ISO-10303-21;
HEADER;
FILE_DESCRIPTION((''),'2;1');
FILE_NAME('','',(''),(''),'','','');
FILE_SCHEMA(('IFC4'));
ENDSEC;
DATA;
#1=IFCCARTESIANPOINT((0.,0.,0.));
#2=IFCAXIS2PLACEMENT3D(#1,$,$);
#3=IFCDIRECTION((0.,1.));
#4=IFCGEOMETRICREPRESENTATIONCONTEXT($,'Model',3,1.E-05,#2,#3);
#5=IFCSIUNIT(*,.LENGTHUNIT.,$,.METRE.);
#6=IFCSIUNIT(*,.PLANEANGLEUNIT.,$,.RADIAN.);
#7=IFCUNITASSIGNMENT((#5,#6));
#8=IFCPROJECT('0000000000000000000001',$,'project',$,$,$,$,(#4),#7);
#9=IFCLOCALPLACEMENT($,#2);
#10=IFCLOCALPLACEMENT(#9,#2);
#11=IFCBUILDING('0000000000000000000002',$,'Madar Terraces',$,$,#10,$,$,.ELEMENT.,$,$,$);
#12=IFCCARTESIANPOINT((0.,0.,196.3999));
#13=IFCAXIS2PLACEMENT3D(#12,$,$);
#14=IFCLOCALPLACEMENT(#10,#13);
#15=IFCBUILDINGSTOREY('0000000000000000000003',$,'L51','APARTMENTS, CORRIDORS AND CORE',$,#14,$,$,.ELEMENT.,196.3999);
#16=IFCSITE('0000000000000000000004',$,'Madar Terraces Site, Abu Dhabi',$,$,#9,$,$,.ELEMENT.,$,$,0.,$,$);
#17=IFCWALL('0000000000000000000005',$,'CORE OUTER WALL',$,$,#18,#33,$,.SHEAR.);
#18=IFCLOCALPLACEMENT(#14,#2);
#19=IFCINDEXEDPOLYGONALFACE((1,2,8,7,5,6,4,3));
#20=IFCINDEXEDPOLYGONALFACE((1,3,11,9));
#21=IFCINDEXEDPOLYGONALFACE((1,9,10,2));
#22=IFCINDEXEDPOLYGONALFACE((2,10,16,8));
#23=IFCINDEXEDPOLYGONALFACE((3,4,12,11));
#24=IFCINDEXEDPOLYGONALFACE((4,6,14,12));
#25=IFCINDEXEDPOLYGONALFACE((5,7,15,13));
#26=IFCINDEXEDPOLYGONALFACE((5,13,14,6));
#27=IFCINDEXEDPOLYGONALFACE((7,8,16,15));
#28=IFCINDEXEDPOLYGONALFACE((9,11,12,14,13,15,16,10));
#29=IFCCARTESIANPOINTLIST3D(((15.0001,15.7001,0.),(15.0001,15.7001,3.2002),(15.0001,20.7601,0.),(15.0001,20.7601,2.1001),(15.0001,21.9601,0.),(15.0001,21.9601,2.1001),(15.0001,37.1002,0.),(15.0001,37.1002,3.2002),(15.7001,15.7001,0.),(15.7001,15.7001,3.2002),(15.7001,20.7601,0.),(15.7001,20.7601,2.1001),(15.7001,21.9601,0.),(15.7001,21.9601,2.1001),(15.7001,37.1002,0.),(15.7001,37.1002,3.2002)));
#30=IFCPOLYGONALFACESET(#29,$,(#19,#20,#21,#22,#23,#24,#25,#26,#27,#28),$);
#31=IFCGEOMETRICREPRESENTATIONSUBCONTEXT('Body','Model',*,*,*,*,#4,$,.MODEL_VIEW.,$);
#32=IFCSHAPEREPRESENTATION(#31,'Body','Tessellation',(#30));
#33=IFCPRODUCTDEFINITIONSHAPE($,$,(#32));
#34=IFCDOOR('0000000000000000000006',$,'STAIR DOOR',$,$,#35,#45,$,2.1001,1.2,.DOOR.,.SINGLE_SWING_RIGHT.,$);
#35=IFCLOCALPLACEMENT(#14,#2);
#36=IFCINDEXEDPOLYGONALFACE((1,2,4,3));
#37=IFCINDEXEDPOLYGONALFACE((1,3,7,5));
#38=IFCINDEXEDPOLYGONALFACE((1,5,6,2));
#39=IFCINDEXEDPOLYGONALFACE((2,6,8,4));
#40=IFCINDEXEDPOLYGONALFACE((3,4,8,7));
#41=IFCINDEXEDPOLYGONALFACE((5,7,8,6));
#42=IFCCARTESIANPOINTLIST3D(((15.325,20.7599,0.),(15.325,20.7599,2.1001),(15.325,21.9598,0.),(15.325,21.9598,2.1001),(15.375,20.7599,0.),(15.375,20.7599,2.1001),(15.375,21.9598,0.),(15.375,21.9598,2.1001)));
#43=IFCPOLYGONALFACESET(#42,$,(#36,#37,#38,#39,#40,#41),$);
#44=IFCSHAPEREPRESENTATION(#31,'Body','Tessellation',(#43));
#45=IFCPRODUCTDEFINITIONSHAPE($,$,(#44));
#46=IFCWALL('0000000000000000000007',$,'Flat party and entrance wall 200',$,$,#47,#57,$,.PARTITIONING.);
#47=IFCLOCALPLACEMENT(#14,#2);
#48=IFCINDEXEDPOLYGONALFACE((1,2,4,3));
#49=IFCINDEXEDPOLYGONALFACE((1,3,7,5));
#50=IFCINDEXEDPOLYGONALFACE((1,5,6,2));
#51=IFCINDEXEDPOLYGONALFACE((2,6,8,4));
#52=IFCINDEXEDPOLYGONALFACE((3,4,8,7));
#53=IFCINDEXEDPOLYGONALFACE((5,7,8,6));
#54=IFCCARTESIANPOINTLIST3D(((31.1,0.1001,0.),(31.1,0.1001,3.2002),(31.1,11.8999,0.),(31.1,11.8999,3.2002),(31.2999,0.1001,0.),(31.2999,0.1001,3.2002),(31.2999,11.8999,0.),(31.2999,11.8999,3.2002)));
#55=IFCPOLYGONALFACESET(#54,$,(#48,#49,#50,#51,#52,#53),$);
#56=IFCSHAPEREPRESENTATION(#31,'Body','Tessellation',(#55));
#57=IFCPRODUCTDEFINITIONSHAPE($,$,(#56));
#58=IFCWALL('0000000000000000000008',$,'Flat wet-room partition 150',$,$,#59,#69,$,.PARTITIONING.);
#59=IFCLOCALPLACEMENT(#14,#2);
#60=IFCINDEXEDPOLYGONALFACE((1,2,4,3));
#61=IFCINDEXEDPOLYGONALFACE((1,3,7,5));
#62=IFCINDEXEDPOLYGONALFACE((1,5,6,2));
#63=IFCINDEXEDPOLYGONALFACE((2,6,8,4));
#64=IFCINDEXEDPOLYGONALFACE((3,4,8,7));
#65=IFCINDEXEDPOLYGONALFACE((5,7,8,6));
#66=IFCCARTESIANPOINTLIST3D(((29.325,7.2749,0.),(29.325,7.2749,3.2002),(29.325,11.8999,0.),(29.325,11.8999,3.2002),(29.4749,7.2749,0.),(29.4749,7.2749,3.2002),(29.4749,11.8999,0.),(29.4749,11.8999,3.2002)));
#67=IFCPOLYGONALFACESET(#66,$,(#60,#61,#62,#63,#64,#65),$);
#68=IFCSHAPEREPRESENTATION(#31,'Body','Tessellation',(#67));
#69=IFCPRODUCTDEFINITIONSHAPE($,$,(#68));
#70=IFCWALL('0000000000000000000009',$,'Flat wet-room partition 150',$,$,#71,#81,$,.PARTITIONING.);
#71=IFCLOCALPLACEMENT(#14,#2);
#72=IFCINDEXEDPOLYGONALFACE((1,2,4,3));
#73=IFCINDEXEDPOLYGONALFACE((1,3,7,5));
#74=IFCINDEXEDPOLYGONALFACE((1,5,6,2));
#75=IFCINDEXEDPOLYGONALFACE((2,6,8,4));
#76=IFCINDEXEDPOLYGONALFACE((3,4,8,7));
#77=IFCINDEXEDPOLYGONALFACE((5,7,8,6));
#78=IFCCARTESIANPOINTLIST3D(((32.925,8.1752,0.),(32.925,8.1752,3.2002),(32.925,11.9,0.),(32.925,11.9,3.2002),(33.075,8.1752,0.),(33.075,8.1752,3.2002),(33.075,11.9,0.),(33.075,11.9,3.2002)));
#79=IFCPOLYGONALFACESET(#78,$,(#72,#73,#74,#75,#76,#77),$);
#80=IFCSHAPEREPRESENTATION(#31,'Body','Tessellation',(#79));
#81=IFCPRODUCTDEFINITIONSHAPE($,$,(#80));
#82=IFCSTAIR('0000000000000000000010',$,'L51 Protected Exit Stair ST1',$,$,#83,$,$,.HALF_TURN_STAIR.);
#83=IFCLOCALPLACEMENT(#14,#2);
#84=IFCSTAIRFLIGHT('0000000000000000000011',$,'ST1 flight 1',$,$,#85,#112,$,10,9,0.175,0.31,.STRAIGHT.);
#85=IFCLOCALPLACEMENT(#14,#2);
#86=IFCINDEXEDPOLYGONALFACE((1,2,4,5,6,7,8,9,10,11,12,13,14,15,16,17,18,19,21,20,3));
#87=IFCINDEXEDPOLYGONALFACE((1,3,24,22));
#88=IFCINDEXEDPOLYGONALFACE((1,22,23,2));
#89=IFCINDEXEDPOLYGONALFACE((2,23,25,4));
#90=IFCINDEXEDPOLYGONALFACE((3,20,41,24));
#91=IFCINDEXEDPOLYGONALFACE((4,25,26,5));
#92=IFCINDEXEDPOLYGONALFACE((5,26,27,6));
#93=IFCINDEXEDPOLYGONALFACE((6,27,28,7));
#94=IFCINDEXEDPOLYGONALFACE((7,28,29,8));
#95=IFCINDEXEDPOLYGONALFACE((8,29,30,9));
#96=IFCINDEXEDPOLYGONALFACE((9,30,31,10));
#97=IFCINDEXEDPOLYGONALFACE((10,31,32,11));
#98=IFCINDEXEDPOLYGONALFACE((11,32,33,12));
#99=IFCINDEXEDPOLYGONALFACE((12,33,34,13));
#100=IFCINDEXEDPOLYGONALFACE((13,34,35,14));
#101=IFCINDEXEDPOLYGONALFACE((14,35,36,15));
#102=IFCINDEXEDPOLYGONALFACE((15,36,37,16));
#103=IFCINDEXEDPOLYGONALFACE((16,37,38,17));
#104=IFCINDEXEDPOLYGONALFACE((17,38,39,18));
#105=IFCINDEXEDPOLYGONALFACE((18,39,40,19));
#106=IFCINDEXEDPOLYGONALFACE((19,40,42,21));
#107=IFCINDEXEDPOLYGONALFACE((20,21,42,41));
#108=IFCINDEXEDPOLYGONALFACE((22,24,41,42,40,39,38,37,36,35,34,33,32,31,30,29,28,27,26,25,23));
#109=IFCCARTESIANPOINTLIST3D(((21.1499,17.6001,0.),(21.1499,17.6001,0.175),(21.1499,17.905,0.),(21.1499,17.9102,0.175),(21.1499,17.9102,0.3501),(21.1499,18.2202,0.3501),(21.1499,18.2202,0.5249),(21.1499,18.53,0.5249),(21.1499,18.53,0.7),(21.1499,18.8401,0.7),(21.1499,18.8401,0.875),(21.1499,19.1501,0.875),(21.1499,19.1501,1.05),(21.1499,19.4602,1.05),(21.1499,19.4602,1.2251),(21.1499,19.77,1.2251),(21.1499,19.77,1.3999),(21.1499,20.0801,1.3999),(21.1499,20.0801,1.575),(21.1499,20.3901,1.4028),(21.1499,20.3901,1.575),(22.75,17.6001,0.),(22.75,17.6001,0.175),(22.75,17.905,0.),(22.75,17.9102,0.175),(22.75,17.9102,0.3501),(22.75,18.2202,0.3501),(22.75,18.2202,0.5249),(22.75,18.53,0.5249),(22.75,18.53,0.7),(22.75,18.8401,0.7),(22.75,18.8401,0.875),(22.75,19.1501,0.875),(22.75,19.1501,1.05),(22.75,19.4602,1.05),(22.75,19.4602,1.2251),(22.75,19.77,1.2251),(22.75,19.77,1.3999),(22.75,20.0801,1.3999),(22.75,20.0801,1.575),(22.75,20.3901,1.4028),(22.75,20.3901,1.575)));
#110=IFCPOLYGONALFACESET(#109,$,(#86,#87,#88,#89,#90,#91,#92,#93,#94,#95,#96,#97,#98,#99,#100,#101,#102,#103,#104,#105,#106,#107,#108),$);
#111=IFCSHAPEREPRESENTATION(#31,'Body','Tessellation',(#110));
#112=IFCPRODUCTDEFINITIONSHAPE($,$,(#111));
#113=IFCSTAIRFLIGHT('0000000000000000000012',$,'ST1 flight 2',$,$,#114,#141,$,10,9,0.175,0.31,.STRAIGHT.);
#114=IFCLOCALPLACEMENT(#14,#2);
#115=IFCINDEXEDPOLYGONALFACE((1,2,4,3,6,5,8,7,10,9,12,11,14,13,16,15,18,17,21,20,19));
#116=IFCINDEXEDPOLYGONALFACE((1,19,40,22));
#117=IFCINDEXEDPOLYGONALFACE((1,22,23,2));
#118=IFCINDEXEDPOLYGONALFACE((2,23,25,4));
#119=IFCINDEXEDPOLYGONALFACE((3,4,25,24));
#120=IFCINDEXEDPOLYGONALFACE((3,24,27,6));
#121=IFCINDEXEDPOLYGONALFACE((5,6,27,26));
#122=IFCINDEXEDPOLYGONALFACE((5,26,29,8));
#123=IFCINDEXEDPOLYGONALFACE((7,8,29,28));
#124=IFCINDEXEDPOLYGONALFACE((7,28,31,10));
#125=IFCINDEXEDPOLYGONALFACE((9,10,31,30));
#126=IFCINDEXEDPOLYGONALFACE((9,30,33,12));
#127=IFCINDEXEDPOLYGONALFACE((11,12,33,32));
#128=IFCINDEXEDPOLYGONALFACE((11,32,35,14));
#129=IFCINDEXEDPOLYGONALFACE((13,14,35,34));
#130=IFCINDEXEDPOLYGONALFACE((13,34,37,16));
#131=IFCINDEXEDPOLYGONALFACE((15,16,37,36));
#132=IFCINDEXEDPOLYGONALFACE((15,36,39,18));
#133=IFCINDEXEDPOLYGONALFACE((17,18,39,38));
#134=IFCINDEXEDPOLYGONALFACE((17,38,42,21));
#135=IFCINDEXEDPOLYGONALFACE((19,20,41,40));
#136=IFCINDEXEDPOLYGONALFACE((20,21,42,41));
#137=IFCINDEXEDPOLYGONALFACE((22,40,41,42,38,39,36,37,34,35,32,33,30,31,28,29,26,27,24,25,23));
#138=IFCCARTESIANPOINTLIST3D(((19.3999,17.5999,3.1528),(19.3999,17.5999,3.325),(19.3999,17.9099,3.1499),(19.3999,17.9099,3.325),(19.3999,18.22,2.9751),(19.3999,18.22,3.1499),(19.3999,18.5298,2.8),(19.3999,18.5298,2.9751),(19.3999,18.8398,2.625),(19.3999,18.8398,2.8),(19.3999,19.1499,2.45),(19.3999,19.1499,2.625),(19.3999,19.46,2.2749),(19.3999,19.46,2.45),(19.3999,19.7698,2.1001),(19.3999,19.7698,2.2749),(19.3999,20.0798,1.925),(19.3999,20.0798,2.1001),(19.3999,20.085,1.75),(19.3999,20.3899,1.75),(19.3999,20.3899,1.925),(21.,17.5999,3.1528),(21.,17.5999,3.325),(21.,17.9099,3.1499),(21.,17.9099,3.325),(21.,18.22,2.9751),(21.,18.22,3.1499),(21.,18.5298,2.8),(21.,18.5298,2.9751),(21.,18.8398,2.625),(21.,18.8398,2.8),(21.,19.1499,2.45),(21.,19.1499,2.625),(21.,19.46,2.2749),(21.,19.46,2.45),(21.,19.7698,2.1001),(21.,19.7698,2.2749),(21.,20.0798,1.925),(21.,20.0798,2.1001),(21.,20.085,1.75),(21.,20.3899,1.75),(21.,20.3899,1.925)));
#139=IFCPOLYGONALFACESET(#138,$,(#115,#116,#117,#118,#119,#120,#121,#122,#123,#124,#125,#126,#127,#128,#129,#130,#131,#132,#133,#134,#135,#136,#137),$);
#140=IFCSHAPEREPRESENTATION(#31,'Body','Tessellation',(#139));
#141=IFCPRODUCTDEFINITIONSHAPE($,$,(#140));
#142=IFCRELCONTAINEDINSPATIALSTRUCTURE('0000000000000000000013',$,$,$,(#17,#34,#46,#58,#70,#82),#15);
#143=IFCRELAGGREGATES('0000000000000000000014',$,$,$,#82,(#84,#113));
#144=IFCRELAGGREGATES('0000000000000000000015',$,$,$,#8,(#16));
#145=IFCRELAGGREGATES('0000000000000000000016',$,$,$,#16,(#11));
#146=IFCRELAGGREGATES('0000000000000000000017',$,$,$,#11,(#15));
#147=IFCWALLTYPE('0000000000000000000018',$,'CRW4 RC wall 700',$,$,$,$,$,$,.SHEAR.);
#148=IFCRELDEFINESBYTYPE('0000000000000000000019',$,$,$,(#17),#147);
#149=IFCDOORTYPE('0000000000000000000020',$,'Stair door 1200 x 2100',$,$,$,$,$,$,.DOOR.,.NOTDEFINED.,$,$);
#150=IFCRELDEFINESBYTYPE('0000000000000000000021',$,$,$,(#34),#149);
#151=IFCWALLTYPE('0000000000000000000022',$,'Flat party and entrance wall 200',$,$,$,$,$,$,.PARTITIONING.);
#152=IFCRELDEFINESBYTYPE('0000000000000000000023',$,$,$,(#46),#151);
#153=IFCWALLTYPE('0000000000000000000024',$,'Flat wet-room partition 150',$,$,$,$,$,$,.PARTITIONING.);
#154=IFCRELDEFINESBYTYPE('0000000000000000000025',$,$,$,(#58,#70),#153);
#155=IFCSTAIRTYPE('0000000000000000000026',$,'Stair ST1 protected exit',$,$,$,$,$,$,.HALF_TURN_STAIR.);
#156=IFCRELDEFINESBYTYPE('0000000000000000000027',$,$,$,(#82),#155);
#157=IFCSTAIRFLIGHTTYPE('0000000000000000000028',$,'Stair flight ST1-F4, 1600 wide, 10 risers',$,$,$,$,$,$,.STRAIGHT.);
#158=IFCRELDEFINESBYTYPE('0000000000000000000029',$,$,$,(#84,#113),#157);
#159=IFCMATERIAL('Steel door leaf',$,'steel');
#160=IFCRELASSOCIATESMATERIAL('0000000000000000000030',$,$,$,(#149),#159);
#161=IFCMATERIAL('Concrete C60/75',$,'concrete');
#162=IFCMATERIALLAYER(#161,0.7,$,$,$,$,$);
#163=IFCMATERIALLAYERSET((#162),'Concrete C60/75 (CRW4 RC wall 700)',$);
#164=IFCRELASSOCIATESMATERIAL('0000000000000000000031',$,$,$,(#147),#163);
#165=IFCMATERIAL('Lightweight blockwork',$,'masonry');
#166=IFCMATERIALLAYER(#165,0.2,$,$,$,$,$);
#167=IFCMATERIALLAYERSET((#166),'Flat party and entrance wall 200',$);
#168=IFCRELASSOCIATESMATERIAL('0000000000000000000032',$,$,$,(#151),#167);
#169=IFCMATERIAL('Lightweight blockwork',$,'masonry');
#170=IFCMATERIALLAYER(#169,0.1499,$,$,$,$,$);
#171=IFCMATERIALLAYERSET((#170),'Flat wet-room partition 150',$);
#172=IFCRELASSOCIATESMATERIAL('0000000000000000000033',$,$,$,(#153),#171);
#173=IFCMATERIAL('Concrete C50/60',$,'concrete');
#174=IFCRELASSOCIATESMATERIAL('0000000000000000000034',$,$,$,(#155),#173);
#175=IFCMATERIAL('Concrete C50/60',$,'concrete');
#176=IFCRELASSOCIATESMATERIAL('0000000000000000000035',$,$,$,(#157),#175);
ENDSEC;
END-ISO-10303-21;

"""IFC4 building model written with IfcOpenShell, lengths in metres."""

from ifc_helpers import new_model, si_unit, direction, frame, frame_2d, origin, place, context, subcontext, project, spatial, polyline, rectangle, outline, extrude, material, layer, layer_set, type_object, element, fill, aggregate, save


model = new_model("IFC4")

# Units and contexts
model_context = context("Model", 3, precision=1e-05, world=origin(), true_north=direction((0.0, 1.0)))
body_context = subcontext(model_context, "Body", "Model", "MODEL_VIEW")
ifc_project = project(units=[si_unit("LENGTHUNIT", "METRE"), si_unit("PLANEANGLEUNIT", "RADIAN")], contexts=[model_context])

# Site, building, storey
site_placement = place(None, origin())
site = spatial("IfcSite", under=ifc_project, at=site_placement, Name="Madar Terraces Site, Abu Dhabi", CompositionType="ELEMENT", RefElevation=0.0)
building_placement = place(site_placement, origin())
building = spatial("IfcBuilding", under=site, at=building_placement, Name="Madar Terraces", CompositionType="ELEMENT")
storey_placement = place(building_placement, frame((0.0, 0.0, 196.3999)))
storey = spatial("IfcBuildingStorey", under=building, at=storey_placement, Name="L51", Description="APARTMENTS, CORRIDORS AND CORE", CompositionType="ELEMENT", Elevation=196.3999)

# Shared definitions
ifc_material_1 = material(Name="Steel door leaf", Category="steel")
door_type_1 = type_object("IfcDoorType", Name="Stair door 1200 x 2100", OperationType="NOTDEFINED", PredefinedType="DOOR", material=ifc_material_1)

# Wall, opening, door
ifc_material_2 = material(Name="Concrete C60/75", Category="concrete")
ifc_layer_1 = layer(ifc_material_2, 0.7)
ifc_layer_set_1 = layer_set([ifc_layer_1], Name="Concrete C60/75 (CRW4 RC wall 700)")
wall_type_1 = type_object("IfcWallType", Name="CRW4 RC wall 700", PredefinedType="SHEAR", material=ifc_layer_set_1)
wall_1_placement = place(storey_placement, frame((15.3501, 15.7, 0.0), z_axis=(0.0, 0.0, 1.0), x_axis=(0.0, 1.0, 0.0)))
wall_1 = element("IfcWall", 1, at=wall_1_placement, inside=storey, type_object=wall_type_1, Name="CORE OUTER WALL", PredefinedType="SHEAR", context=body_context, shape_type="SweptSolid", body=[
    extrude(rectangle(XDim=21.4001, YDim=0.7, at=frame_2d((10.7002, 0.0))), origin(), (0.0, 0.0, 1.0), 3.2002),
])
opening_1_placement = place(wall_1_placement, frame((5.0601, 0.0, 0.0)))
opening_1 = element("IfcOpeningElement", 2, at=opening_1_placement, cuts=wall_1, PredefinedType="OPENING", context=body_context, shape_type="SweptSolid", body=[
    extrude(rectangle(XDim=1.2, YDim=2.1001, at=frame_2d((0.6001, 1.05))), frame((0.0, 0.3599, 0.0), z_axis=(0.0, -1.0, 0.0), x_axis=(1.0, 0.0, 0.0)), (0.0, 0.0, 1.0), 0.72),
])
door_1_placement = place(opening_1_placement, frame((1.2, 0.0, 0.0), z_axis=(0.0, 0.0, 1.0), x_axis=(-1.0, 0.0, 0.0)))
door_1 = element("IfcDoor", 3, at=door_1_placement, inside=storey, type_object=door_type_1, Name="STAIR DOOR", OperationType="SINGLE_SWING_RIGHT", OverallHeight=2.1001, OverallWidth=1.2, PredefinedType="DOOR", context=body_context, shape_type="SweptSolid", body=[
    extrude(rectangle(XDim=1.2, YDim=2.1001, at=frame_2d((0.6001, 1.05))), frame((0.0, 0.0249, 0.0), z_axis=(0.0, -1.0, 0.0), x_axis=(1.0, 0.0, 0.0)), (0.0, 0.0, 1.0), 0.05),
])
fill(opening_1, door_1)

# Walls
ifc_material_3 = material(Name="Lightweight blockwork", Category="masonry")
ifc_layer_2 = layer(ifc_material_3, 0.2)
ifc_layer_set_2 = layer_set([ifc_layer_2], Name="Flat party and entrance wall 200")
wall_type_2 = type_object("IfcWallType", Name="Flat party and entrance wall 200", PredefinedType="PARTITIONING", material=ifc_layer_set_2)
wall_2_placement = place(storey_placement, frame((31.2, 11.8999, 0.0), z_axis=(0.0, 0.0, 1.0), x_axis=(0.0, -1.0, 0.0)))
element("IfcWall", 4, at=wall_2_placement, inside=storey, type_object=wall_type_2, Name="Flat party and entrance wall 200", PredefinedType="PARTITIONING", context=body_context, shape_type="SweptSolid", body=[
    extrude(rectangle(XDim=11.7998, YDim=0.2, at=frame_2d((5.8999, 0.0))), origin(), (0.0, 0.0, 1.0), 3.2002),
])
ifc_material_4 = material(Name="Lightweight blockwork", Category="masonry")
ifc_layer_3 = layer(ifc_material_4, 0.1499)
ifc_layer_set_3 = layer_set([ifc_layer_3], Name="Flat wet-room partition 150")
wall_type_3 = type_object("IfcWallType", Name="Flat wet-room partition 150", PredefinedType="PARTITIONING", material=ifc_layer_set_3)
wall_3_placement = place(storey_placement, frame((29.3999, 11.8999, 0.0), z_axis=(0.0, 0.0, 1.0), x_axis=(0.0, -1.0, 0.0)))
element("IfcWall", 5, at=wall_3_placement, inside=storey, type_object=wall_type_3, Name="Flat wet-room partition 150", PredefinedType="PARTITIONING", context=body_context, shape_type="SweptSolid", body=[
    extrude(rectangle(XDim=4.625, YDim=0.1499, at=frame_2d((2.3125, 0.0))), origin(), (0.0, 0.0, 1.0), 3.2002),
])
wall_4_placement = place(storey_placement, frame((33.0, 11.8999, 0.0), z_axis=(0.0, 0.0, 1.0), x_axis=(0.0, -1.0, 0.0)))
element("IfcWall", 6, at=wall_4_placement, inside=storey, type_object=wall_type_3, Name="Flat wet-room partition 150", PredefinedType="PARTITIONING", context=body_context, shape_type="SweptSolid", body=[
    extrude(rectangle(XDim=3.7249, YDim=0.1499, at=frame_2d((1.8623, 0.0))), origin(), (0.0, 0.0, 1.0), 3.2002),
])

# Stair, stair flights
ifc_material_5 = material(Name="Concrete C50/60", Category="concrete")
stair_type = type_object("IfcStairType", Name="Stair ST1 protected exit", PredefinedType="HALF_TURN_STAIR", material=ifc_material_5)
stair_placement = place(storey_placement, origin())
stair = element("IfcStair", 7, at=stair_placement, inside=storey, type_object=stair_type, Name="L51 Protected Exit Stair ST1", PredefinedType="HALF_TURN_STAIR")
ifc_material_6 = material(Name="Concrete C50/60", Category="concrete")
stair_flight_type = type_object("IfcStairFlightType", Name="Stair flight ST1-F4, 1600 wide, 10 risers", PredefinedType="STRAIGHT", material=ifc_material_6)
stair_flight_1_placement = place(storey_placement, frame((21.95, 17.6001, 0.0), z_axis=(0.0, 0.0, 1.0), x_axis=(0.0, 1.0, 0.0)))
stair_flight_1 = element("IfcStairFlight", 8, at=stair_flight_1_placement, type_object=stair_flight_type, Name="ST1 flight 1", NumberOfRisers=10, NumberOfTreads=9, PredefinedType="STRAIGHT", RiserHeight=0.175, TreadLength=0.31, context=body_context, shape_type="SweptSolid", body=[
    extrude(outline(polyline([(0.0, 0.0), (0.0, 0.175), (0.3101, 0.175), (0.3101, 0.3501), (0.6201, 0.3501), (0.6201, 0.5249), (0.9299, 0.5249), (0.9299, 0.7), (1.24, 0.7), (1.24, 0.875), (1.55, 0.875), (1.55, 1.05), (1.8601, 1.05), (1.8601, 1.2251), (2.1699, 1.2251), (2.1699, 1.3999), (2.48, 1.3999), (2.48, 1.575), (2.79, 1.575), (2.79, 1.75), (2.79, 1.4028), (0.3049, 0.0), (0.0, 0.0)])), frame((0.0, 0.8, 0.0), z_axis=(0.0, -1.0, 0.0), x_axis=(1.0, 0.0, 0.0)), (0.0, 0.0, 1.0), 1.6001),
])
stair_flight_2_placement = place(storey_placement, frame((20.2, 20.3899, 1.75), z_axis=(0.0, 0.0, 1.0), x_axis=(0.0, -1.0, 0.0)))
stair_flight_2 = element("IfcStairFlight", 9, at=stair_flight_2_placement, type_object=stair_flight_type, Name="ST1 flight 2", NumberOfRisers=10, NumberOfTreads=9, PredefinedType="STRAIGHT", RiserHeight=0.175, TreadLength=0.31, context=body_context, shape_type="SweptSolid", body=[
    extrude(outline(polyline([(0.0, 0.0), (0.0, 0.175), (0.3101, 0.175), (0.3101, 0.3501), (0.6201, 0.3501), (0.6201, 0.5249), (0.9299, 0.5249), (0.9299, 0.7), (1.24, 0.7), (1.24, 0.875), (1.55, 0.875), (1.55, 1.05), (1.8601, 1.05), (1.8601, 1.2251), (2.1699, 1.2251), (2.1699, 1.3999), (2.48, 1.3999), (2.48, 1.575), (2.79, 1.575), (2.79, 1.75), (2.79, 1.4028), (0.3049, 0.0), (0.0, 0.0)])), frame((0.0, 0.8, 0.0), z_axis=(0.0, -1.0, 0.0), x_axis=(1.0, 0.0, 0.0)), (0.0, 0.0, 1.0), 1.6001),
])
aggregate(stair, [stair_flight_1, stair_flight_2])

save(model, "model.ifc")
